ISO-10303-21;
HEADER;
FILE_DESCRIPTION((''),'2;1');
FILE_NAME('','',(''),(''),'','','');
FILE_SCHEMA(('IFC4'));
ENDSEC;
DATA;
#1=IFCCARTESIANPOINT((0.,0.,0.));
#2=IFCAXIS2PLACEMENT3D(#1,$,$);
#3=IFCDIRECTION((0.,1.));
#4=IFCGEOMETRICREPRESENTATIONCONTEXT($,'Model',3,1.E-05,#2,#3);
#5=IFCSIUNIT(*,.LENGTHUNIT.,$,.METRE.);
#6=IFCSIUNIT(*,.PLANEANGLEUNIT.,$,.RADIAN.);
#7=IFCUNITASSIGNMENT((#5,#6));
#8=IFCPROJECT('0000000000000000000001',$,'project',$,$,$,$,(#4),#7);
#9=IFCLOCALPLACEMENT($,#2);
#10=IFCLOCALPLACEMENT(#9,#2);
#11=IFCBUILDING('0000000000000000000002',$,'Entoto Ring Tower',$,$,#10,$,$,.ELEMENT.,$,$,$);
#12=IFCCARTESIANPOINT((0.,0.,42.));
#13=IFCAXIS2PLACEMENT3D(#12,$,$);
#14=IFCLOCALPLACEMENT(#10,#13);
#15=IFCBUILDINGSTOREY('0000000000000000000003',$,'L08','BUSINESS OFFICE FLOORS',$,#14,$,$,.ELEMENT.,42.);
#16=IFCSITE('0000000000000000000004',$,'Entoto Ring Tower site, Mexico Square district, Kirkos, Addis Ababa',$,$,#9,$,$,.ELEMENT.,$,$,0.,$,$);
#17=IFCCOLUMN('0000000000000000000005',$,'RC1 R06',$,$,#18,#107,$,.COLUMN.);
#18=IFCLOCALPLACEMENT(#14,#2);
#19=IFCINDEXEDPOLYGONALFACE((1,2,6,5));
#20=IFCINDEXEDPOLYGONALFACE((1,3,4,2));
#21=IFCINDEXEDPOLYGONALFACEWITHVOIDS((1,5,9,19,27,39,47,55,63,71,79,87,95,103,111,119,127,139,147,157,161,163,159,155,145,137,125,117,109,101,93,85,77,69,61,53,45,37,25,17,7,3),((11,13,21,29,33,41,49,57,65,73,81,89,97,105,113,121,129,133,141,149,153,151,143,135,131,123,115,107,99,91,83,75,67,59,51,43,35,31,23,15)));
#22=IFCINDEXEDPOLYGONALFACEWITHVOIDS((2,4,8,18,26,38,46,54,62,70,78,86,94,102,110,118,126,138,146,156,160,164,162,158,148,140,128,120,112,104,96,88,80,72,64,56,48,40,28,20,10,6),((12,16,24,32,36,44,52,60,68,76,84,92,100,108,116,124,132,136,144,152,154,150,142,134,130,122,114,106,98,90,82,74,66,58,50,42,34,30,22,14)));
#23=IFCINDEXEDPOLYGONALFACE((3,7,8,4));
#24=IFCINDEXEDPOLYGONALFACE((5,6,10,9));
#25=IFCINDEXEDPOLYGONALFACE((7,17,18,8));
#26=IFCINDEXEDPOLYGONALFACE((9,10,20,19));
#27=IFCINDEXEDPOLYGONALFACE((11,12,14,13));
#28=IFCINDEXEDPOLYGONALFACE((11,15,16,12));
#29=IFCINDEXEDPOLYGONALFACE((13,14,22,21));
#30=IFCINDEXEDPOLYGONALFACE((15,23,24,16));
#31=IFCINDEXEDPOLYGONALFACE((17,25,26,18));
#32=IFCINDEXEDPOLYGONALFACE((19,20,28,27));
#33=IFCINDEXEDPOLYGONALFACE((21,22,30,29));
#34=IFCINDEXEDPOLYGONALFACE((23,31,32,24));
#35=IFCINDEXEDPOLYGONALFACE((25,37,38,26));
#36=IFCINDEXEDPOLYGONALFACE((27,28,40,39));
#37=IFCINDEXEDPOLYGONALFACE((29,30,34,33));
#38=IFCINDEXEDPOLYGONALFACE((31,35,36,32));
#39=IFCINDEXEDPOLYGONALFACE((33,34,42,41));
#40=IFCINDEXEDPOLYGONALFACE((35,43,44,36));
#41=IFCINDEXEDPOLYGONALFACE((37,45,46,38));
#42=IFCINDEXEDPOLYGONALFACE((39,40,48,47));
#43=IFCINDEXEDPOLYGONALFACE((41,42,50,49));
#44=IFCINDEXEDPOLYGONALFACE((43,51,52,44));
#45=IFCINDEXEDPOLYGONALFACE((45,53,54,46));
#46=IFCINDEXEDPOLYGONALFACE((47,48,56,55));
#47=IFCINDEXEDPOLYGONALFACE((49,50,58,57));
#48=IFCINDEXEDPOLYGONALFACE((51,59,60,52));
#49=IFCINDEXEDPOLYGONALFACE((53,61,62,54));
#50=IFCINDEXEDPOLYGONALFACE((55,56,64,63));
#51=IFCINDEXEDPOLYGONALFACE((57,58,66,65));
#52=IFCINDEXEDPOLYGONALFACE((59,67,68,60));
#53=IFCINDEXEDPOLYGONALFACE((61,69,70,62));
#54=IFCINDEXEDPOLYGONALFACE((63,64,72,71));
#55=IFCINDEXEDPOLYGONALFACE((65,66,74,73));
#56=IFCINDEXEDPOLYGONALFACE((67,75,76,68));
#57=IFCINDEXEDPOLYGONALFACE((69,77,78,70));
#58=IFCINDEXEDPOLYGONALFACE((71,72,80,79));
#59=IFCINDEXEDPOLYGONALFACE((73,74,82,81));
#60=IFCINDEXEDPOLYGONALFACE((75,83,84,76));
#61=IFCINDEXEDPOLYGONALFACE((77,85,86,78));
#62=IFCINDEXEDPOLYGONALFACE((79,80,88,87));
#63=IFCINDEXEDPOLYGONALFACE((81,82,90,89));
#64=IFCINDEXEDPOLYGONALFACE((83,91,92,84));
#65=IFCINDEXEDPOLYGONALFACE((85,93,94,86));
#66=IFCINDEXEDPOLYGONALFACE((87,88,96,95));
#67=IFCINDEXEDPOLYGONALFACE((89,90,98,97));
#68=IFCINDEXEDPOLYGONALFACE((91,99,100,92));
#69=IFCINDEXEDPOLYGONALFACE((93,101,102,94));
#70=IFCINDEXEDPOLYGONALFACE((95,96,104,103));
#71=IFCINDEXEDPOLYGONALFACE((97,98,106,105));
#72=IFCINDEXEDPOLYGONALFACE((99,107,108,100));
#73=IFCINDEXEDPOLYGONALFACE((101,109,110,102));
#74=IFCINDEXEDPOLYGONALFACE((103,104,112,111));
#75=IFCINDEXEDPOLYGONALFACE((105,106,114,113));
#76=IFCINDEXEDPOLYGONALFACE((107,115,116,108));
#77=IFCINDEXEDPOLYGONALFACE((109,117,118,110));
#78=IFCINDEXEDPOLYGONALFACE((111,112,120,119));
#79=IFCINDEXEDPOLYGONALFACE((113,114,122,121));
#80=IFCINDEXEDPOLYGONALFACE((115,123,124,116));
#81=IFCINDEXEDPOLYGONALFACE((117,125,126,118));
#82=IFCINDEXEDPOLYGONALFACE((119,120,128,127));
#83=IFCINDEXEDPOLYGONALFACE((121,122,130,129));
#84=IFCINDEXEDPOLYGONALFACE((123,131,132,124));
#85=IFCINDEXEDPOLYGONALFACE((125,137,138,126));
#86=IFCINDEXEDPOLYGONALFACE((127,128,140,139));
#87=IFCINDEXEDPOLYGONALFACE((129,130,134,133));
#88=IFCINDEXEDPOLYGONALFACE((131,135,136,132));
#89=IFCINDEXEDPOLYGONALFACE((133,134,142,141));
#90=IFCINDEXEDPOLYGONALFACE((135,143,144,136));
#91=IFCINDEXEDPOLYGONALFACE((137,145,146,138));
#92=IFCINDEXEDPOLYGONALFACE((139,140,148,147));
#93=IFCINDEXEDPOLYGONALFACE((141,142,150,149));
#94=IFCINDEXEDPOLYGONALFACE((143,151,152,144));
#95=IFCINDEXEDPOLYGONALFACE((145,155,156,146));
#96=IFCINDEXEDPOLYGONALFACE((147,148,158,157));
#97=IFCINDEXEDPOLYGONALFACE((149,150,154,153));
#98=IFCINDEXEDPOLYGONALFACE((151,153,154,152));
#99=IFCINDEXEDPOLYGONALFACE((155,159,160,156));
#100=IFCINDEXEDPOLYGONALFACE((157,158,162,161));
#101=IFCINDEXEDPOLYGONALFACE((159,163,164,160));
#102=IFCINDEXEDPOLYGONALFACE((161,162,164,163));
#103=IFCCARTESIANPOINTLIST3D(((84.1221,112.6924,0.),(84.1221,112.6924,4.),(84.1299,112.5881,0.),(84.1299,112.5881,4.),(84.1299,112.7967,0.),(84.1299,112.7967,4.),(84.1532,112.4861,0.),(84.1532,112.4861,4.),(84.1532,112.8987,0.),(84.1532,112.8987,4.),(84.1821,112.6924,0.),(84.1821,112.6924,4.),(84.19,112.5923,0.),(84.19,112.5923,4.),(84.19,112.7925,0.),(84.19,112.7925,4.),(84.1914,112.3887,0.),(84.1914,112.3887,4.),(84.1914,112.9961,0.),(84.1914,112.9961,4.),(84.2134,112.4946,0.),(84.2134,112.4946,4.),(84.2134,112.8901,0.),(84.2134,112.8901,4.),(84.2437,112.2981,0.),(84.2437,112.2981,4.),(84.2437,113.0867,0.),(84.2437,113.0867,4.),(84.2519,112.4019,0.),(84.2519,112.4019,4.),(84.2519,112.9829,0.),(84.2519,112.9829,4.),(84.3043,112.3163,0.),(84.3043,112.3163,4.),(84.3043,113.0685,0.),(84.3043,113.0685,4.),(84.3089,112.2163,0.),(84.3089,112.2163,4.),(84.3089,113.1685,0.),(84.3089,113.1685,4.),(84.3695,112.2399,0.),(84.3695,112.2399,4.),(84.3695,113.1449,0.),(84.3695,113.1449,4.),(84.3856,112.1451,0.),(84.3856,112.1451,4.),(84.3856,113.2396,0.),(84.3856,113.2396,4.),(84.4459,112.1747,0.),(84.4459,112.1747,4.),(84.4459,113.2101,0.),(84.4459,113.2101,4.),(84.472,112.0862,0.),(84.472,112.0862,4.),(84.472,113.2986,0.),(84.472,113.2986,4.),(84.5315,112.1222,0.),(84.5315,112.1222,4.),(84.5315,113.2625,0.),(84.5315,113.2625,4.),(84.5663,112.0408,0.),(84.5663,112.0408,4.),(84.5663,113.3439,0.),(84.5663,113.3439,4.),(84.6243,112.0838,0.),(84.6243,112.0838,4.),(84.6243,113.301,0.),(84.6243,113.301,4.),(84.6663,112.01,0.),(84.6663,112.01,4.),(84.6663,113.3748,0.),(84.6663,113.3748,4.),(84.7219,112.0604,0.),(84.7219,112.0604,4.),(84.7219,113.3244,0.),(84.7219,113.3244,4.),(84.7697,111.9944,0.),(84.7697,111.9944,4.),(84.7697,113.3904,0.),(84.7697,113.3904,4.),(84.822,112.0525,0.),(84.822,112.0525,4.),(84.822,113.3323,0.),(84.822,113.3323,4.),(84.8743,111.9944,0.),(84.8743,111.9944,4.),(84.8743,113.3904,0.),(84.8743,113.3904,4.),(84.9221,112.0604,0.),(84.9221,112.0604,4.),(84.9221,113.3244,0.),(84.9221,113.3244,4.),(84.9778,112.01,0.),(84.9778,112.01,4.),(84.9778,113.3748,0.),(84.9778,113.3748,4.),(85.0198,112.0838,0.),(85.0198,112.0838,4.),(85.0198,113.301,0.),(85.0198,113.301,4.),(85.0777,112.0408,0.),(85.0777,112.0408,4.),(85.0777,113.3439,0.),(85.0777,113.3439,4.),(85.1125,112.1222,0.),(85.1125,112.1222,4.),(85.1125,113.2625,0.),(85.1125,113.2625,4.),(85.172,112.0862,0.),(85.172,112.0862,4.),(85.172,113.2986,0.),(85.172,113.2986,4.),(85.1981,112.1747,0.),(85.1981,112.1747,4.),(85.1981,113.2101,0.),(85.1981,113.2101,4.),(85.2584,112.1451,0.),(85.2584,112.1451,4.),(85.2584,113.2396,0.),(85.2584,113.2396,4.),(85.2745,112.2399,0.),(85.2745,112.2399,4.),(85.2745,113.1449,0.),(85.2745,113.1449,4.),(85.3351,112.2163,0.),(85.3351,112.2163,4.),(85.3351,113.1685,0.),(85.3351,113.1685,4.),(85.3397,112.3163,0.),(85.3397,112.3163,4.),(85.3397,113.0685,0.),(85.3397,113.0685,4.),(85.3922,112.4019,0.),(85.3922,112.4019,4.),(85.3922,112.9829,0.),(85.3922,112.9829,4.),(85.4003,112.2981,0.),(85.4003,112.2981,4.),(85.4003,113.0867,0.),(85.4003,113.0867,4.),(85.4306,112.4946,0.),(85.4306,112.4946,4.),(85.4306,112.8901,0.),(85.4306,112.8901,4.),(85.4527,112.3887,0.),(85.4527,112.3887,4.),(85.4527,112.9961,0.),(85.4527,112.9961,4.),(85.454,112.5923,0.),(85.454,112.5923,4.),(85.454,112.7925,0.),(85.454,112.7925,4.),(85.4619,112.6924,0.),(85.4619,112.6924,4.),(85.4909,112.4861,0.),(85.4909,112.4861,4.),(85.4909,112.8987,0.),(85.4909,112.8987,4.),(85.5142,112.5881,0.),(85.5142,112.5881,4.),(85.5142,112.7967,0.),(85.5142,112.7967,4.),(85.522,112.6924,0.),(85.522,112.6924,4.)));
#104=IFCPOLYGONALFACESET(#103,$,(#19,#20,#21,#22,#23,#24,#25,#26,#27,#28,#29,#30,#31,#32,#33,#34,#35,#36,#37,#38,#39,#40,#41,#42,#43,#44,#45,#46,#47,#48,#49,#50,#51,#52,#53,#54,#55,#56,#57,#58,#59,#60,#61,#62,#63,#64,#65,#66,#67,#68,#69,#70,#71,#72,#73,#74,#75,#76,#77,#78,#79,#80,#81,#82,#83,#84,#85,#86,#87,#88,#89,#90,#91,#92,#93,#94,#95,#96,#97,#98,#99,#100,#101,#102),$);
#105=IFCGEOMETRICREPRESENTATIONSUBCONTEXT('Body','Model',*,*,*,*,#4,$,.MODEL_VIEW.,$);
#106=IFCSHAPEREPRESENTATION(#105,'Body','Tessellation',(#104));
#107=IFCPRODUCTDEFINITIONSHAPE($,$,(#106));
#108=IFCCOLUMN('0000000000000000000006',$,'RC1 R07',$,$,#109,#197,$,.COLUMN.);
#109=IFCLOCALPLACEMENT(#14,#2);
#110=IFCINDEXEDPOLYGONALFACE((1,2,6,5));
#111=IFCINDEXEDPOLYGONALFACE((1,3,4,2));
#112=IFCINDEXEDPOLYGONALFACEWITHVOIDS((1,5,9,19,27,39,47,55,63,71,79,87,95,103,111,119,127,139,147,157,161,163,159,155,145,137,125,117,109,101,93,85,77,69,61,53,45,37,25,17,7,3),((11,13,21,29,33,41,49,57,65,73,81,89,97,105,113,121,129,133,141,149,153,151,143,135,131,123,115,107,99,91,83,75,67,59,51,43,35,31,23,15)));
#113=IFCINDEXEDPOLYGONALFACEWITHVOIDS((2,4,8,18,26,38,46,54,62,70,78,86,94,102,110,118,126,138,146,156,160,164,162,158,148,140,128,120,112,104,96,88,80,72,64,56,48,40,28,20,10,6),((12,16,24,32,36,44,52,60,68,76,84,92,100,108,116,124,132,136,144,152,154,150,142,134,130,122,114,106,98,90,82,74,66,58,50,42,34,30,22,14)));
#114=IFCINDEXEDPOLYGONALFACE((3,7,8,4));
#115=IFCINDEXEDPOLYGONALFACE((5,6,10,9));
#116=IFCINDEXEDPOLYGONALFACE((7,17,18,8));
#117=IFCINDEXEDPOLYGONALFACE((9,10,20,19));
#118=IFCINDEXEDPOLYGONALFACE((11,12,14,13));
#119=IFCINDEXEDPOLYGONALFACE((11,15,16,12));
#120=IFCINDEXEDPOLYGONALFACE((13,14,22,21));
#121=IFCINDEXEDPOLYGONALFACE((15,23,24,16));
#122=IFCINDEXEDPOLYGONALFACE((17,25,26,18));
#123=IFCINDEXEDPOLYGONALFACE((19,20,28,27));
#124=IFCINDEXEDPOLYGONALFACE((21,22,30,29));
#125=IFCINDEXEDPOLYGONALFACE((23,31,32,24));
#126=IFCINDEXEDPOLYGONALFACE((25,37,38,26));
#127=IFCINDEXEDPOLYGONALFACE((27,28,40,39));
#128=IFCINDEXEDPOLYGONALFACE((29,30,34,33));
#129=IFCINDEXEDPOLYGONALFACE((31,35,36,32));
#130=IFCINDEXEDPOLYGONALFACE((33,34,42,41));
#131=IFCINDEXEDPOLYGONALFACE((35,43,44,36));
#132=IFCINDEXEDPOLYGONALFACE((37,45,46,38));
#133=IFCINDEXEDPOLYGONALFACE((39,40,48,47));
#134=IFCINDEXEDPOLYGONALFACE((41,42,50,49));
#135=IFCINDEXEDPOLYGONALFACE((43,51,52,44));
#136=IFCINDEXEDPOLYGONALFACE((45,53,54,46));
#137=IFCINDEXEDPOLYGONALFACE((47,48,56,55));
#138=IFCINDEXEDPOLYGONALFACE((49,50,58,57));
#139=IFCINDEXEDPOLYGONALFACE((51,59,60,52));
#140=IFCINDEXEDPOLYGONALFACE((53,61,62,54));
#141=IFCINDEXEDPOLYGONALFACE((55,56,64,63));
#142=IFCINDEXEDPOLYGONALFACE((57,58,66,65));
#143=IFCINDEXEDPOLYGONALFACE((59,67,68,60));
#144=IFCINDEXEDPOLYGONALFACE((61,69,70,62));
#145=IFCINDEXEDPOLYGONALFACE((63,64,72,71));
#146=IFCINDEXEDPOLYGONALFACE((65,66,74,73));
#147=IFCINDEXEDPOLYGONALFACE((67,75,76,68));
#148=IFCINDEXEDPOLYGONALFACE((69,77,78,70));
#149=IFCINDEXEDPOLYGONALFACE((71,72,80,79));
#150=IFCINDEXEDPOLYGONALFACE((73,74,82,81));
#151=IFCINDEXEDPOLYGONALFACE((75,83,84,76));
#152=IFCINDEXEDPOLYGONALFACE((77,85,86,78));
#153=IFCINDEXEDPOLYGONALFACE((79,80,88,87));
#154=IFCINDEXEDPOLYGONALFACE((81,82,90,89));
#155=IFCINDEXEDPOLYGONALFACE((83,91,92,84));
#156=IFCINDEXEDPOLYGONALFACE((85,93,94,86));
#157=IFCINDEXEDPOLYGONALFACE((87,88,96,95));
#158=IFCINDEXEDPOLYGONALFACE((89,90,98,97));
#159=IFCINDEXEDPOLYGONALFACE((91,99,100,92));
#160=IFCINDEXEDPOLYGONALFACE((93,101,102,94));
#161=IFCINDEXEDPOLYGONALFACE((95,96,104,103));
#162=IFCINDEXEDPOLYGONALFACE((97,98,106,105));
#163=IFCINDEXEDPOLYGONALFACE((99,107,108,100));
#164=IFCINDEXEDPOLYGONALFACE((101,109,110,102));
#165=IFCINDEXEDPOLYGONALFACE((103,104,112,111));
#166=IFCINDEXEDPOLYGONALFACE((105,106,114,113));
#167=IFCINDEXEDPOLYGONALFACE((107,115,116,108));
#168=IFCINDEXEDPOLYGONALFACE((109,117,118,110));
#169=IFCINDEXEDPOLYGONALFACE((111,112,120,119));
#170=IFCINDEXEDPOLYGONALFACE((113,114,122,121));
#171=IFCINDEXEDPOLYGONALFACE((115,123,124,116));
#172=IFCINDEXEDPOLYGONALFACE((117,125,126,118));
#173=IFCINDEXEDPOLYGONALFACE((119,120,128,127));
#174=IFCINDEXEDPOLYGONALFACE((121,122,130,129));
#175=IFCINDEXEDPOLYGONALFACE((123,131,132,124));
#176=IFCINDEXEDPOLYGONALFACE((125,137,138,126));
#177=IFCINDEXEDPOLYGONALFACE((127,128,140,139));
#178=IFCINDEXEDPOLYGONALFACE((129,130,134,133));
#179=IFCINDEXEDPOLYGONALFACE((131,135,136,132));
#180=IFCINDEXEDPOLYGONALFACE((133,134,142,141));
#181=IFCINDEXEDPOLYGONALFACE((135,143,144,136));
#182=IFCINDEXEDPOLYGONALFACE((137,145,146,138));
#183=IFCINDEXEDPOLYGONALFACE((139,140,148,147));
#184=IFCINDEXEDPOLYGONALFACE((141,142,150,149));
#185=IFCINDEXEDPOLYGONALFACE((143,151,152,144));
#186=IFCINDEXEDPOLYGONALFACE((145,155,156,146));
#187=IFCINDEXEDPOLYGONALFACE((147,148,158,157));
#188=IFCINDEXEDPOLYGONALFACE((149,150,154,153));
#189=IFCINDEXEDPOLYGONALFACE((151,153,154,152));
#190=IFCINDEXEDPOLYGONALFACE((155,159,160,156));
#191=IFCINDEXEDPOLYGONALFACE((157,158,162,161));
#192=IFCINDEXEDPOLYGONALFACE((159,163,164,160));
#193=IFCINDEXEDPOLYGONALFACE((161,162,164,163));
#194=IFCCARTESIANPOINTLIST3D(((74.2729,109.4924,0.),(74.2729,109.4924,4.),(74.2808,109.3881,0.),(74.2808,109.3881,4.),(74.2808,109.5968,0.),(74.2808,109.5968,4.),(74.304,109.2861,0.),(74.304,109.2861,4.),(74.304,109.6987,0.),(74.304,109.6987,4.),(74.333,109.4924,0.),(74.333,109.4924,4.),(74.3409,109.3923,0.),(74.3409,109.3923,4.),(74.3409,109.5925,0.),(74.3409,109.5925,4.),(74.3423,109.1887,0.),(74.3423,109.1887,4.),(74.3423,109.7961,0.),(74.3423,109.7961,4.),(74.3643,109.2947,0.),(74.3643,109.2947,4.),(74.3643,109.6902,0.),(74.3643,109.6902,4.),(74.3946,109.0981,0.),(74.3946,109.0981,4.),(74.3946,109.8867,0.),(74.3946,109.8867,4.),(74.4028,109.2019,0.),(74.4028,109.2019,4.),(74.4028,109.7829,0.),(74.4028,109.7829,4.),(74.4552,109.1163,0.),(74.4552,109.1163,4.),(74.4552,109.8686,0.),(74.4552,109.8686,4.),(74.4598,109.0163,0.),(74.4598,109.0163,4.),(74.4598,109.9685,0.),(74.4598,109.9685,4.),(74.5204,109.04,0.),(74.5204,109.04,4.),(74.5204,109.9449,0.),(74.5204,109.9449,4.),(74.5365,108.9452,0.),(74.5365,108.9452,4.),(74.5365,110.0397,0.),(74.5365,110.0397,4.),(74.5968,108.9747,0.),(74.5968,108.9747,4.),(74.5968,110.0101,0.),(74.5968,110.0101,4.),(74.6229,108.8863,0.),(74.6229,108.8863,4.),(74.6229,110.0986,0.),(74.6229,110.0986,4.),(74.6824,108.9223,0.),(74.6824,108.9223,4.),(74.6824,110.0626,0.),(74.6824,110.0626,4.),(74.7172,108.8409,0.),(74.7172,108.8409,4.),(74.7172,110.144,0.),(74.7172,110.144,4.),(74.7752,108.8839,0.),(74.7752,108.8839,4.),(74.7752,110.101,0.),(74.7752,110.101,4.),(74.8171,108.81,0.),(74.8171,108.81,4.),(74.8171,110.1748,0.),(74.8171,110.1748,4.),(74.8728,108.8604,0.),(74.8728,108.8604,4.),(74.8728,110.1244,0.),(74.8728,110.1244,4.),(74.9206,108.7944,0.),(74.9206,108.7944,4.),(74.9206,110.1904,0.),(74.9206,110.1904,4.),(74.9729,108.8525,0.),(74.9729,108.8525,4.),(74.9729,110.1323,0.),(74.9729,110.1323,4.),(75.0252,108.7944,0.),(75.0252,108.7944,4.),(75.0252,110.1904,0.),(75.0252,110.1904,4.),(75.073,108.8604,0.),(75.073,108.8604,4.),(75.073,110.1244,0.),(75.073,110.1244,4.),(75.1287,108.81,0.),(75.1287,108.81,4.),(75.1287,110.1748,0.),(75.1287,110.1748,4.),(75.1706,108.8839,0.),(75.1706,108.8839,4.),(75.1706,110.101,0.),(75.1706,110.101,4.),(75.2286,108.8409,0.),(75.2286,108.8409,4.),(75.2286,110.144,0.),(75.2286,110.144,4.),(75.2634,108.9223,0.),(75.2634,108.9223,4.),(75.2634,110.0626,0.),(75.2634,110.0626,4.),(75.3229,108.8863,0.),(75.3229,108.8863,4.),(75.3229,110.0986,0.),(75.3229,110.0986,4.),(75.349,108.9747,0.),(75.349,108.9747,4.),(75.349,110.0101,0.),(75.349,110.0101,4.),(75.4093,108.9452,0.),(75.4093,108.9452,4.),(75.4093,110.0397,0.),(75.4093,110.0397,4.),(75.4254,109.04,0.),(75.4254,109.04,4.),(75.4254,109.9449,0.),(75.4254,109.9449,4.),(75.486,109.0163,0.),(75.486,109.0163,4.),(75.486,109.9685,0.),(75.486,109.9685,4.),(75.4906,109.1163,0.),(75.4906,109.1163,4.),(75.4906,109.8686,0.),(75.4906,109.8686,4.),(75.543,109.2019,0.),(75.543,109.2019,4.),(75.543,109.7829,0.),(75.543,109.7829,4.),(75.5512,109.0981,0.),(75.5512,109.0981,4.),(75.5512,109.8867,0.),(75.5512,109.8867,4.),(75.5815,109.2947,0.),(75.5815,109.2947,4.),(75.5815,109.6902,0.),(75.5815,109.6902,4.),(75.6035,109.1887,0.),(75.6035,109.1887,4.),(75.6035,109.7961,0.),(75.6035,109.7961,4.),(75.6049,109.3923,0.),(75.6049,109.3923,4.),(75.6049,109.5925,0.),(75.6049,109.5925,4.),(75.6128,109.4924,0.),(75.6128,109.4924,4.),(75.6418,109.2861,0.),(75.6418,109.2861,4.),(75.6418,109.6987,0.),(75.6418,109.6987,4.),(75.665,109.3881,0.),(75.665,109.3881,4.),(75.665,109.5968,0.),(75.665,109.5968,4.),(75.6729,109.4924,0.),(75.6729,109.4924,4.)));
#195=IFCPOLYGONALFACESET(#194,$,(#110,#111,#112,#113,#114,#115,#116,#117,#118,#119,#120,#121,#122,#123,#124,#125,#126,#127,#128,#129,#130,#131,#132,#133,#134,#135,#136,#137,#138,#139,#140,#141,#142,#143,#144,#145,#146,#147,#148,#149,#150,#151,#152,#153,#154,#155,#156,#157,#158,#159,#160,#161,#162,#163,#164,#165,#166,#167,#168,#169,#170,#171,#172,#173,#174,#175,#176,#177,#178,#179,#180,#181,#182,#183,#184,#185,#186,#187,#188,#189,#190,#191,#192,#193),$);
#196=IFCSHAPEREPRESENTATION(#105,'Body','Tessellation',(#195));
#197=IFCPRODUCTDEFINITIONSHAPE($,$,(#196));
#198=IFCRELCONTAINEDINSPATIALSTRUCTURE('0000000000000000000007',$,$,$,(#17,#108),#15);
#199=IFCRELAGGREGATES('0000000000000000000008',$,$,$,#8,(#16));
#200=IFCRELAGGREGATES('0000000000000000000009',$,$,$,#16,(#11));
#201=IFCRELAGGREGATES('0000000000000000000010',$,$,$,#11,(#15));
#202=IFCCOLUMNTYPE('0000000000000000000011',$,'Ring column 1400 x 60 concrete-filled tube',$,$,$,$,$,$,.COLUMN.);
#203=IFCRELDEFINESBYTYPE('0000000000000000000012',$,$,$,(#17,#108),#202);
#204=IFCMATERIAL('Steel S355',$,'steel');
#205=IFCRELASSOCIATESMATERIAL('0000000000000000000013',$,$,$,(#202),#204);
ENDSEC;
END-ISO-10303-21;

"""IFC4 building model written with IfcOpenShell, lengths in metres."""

from ifc_helpers import new_model, si_unit, direction, frame, origin, origin_2d, place, context, subcontext, project, spatial, circle, hollow_circle, extrude, material, material_profile, profile_set, type_object, element, save


model = new_model("IFC4")

# Units and contexts
model_context = context("Model", 3, precision=1e-05, world=origin(), true_north=direction((0.0, 1.0)))
body_context = subcontext(model_context, "Body", "Model", "MODEL_VIEW")
ifc_project = project(units=[si_unit("LENGTHUNIT", "METRE"), si_unit("PLANEANGLEUNIT", "RADIAN")], contexts=[model_context])

# Site, building, storey
site_placement = place(None, origin())
site = spatial("IfcSite", under=ifc_project, at=site_placement, Name="Entoto Ring Tower site, Mexico Square district, Kirkos, Addis Ababa", CompositionType="ELEMENT", RefElevation=0.0)
building_placement = place(site_placement, origin())
building = spatial("IfcBuilding", under=site, at=building_placement, Name="Entoto Ring Tower", CompositionType="ELEMENT")
storey_placement = place(building_placement, frame((0.0, 0.0, 42.0)))
storey = spatial("IfcBuildingStorey", under=building, at=storey_placement, Name="L08", Description="BUSINESS OFFICE FLOORS", CompositionType="ELEMENT", Elevation=42.0)

# Columns
ifc_material_1 = material(Name="Steel S355", Category="steel")
ifc_material_profile_1 = material_profile(ifc_material_1, hollow_circle(Radius=0.7, WallThickness=0.0601, at=origin_2d()), Name="CHS 1400 x 60")
ifc_material_2 = material(Name="Concrete C60/75", Category="concrete")
ifc_material_profile_2 = material_profile(ifc_material_2, circle(Radius=0.6399, at=origin_2d()), Name="Concrete C60/75 infill")
ifc_profile_set_1 = profile_set([ifc_material_profile_1, ifc_material_profile_2], Name="Steel S355")
column_type = type_object("IfcColumnType", Name="Ring column 1400 x 60 concrete-filled tube", PredefinedType="COLUMN", material=ifc_profile_set_1)
for number, where, z_axis, x_axis, name in (
    (1, (84.822, 112.6924, 0.0), (0.0, 0.0, 1.0), (1.0, 0.0, 0.0), "RC1 R06"),
    (2, (74.9729, 109.4924, 0.0), (0.0, 0.0, 1.0), (1.0, 0.0, 0.0), "RC1 R07"),
):
    element("IfcColumn", number, at=place(storey_placement, frame(where, z_axis=z_axis, x_axis=x_axis)), inside=storey, type_object=column_type, Name=name, PredefinedType="COLUMN", context=body_context, shape_type="SweptSolid", body=[
        extrude(hollow_circle(Radius=0.7, WallThickness=0.0601, at=origin_2d()), origin(), (0.0, 0.0, 1.0), 4.0),
    ])

save(model, "model.ifc")
